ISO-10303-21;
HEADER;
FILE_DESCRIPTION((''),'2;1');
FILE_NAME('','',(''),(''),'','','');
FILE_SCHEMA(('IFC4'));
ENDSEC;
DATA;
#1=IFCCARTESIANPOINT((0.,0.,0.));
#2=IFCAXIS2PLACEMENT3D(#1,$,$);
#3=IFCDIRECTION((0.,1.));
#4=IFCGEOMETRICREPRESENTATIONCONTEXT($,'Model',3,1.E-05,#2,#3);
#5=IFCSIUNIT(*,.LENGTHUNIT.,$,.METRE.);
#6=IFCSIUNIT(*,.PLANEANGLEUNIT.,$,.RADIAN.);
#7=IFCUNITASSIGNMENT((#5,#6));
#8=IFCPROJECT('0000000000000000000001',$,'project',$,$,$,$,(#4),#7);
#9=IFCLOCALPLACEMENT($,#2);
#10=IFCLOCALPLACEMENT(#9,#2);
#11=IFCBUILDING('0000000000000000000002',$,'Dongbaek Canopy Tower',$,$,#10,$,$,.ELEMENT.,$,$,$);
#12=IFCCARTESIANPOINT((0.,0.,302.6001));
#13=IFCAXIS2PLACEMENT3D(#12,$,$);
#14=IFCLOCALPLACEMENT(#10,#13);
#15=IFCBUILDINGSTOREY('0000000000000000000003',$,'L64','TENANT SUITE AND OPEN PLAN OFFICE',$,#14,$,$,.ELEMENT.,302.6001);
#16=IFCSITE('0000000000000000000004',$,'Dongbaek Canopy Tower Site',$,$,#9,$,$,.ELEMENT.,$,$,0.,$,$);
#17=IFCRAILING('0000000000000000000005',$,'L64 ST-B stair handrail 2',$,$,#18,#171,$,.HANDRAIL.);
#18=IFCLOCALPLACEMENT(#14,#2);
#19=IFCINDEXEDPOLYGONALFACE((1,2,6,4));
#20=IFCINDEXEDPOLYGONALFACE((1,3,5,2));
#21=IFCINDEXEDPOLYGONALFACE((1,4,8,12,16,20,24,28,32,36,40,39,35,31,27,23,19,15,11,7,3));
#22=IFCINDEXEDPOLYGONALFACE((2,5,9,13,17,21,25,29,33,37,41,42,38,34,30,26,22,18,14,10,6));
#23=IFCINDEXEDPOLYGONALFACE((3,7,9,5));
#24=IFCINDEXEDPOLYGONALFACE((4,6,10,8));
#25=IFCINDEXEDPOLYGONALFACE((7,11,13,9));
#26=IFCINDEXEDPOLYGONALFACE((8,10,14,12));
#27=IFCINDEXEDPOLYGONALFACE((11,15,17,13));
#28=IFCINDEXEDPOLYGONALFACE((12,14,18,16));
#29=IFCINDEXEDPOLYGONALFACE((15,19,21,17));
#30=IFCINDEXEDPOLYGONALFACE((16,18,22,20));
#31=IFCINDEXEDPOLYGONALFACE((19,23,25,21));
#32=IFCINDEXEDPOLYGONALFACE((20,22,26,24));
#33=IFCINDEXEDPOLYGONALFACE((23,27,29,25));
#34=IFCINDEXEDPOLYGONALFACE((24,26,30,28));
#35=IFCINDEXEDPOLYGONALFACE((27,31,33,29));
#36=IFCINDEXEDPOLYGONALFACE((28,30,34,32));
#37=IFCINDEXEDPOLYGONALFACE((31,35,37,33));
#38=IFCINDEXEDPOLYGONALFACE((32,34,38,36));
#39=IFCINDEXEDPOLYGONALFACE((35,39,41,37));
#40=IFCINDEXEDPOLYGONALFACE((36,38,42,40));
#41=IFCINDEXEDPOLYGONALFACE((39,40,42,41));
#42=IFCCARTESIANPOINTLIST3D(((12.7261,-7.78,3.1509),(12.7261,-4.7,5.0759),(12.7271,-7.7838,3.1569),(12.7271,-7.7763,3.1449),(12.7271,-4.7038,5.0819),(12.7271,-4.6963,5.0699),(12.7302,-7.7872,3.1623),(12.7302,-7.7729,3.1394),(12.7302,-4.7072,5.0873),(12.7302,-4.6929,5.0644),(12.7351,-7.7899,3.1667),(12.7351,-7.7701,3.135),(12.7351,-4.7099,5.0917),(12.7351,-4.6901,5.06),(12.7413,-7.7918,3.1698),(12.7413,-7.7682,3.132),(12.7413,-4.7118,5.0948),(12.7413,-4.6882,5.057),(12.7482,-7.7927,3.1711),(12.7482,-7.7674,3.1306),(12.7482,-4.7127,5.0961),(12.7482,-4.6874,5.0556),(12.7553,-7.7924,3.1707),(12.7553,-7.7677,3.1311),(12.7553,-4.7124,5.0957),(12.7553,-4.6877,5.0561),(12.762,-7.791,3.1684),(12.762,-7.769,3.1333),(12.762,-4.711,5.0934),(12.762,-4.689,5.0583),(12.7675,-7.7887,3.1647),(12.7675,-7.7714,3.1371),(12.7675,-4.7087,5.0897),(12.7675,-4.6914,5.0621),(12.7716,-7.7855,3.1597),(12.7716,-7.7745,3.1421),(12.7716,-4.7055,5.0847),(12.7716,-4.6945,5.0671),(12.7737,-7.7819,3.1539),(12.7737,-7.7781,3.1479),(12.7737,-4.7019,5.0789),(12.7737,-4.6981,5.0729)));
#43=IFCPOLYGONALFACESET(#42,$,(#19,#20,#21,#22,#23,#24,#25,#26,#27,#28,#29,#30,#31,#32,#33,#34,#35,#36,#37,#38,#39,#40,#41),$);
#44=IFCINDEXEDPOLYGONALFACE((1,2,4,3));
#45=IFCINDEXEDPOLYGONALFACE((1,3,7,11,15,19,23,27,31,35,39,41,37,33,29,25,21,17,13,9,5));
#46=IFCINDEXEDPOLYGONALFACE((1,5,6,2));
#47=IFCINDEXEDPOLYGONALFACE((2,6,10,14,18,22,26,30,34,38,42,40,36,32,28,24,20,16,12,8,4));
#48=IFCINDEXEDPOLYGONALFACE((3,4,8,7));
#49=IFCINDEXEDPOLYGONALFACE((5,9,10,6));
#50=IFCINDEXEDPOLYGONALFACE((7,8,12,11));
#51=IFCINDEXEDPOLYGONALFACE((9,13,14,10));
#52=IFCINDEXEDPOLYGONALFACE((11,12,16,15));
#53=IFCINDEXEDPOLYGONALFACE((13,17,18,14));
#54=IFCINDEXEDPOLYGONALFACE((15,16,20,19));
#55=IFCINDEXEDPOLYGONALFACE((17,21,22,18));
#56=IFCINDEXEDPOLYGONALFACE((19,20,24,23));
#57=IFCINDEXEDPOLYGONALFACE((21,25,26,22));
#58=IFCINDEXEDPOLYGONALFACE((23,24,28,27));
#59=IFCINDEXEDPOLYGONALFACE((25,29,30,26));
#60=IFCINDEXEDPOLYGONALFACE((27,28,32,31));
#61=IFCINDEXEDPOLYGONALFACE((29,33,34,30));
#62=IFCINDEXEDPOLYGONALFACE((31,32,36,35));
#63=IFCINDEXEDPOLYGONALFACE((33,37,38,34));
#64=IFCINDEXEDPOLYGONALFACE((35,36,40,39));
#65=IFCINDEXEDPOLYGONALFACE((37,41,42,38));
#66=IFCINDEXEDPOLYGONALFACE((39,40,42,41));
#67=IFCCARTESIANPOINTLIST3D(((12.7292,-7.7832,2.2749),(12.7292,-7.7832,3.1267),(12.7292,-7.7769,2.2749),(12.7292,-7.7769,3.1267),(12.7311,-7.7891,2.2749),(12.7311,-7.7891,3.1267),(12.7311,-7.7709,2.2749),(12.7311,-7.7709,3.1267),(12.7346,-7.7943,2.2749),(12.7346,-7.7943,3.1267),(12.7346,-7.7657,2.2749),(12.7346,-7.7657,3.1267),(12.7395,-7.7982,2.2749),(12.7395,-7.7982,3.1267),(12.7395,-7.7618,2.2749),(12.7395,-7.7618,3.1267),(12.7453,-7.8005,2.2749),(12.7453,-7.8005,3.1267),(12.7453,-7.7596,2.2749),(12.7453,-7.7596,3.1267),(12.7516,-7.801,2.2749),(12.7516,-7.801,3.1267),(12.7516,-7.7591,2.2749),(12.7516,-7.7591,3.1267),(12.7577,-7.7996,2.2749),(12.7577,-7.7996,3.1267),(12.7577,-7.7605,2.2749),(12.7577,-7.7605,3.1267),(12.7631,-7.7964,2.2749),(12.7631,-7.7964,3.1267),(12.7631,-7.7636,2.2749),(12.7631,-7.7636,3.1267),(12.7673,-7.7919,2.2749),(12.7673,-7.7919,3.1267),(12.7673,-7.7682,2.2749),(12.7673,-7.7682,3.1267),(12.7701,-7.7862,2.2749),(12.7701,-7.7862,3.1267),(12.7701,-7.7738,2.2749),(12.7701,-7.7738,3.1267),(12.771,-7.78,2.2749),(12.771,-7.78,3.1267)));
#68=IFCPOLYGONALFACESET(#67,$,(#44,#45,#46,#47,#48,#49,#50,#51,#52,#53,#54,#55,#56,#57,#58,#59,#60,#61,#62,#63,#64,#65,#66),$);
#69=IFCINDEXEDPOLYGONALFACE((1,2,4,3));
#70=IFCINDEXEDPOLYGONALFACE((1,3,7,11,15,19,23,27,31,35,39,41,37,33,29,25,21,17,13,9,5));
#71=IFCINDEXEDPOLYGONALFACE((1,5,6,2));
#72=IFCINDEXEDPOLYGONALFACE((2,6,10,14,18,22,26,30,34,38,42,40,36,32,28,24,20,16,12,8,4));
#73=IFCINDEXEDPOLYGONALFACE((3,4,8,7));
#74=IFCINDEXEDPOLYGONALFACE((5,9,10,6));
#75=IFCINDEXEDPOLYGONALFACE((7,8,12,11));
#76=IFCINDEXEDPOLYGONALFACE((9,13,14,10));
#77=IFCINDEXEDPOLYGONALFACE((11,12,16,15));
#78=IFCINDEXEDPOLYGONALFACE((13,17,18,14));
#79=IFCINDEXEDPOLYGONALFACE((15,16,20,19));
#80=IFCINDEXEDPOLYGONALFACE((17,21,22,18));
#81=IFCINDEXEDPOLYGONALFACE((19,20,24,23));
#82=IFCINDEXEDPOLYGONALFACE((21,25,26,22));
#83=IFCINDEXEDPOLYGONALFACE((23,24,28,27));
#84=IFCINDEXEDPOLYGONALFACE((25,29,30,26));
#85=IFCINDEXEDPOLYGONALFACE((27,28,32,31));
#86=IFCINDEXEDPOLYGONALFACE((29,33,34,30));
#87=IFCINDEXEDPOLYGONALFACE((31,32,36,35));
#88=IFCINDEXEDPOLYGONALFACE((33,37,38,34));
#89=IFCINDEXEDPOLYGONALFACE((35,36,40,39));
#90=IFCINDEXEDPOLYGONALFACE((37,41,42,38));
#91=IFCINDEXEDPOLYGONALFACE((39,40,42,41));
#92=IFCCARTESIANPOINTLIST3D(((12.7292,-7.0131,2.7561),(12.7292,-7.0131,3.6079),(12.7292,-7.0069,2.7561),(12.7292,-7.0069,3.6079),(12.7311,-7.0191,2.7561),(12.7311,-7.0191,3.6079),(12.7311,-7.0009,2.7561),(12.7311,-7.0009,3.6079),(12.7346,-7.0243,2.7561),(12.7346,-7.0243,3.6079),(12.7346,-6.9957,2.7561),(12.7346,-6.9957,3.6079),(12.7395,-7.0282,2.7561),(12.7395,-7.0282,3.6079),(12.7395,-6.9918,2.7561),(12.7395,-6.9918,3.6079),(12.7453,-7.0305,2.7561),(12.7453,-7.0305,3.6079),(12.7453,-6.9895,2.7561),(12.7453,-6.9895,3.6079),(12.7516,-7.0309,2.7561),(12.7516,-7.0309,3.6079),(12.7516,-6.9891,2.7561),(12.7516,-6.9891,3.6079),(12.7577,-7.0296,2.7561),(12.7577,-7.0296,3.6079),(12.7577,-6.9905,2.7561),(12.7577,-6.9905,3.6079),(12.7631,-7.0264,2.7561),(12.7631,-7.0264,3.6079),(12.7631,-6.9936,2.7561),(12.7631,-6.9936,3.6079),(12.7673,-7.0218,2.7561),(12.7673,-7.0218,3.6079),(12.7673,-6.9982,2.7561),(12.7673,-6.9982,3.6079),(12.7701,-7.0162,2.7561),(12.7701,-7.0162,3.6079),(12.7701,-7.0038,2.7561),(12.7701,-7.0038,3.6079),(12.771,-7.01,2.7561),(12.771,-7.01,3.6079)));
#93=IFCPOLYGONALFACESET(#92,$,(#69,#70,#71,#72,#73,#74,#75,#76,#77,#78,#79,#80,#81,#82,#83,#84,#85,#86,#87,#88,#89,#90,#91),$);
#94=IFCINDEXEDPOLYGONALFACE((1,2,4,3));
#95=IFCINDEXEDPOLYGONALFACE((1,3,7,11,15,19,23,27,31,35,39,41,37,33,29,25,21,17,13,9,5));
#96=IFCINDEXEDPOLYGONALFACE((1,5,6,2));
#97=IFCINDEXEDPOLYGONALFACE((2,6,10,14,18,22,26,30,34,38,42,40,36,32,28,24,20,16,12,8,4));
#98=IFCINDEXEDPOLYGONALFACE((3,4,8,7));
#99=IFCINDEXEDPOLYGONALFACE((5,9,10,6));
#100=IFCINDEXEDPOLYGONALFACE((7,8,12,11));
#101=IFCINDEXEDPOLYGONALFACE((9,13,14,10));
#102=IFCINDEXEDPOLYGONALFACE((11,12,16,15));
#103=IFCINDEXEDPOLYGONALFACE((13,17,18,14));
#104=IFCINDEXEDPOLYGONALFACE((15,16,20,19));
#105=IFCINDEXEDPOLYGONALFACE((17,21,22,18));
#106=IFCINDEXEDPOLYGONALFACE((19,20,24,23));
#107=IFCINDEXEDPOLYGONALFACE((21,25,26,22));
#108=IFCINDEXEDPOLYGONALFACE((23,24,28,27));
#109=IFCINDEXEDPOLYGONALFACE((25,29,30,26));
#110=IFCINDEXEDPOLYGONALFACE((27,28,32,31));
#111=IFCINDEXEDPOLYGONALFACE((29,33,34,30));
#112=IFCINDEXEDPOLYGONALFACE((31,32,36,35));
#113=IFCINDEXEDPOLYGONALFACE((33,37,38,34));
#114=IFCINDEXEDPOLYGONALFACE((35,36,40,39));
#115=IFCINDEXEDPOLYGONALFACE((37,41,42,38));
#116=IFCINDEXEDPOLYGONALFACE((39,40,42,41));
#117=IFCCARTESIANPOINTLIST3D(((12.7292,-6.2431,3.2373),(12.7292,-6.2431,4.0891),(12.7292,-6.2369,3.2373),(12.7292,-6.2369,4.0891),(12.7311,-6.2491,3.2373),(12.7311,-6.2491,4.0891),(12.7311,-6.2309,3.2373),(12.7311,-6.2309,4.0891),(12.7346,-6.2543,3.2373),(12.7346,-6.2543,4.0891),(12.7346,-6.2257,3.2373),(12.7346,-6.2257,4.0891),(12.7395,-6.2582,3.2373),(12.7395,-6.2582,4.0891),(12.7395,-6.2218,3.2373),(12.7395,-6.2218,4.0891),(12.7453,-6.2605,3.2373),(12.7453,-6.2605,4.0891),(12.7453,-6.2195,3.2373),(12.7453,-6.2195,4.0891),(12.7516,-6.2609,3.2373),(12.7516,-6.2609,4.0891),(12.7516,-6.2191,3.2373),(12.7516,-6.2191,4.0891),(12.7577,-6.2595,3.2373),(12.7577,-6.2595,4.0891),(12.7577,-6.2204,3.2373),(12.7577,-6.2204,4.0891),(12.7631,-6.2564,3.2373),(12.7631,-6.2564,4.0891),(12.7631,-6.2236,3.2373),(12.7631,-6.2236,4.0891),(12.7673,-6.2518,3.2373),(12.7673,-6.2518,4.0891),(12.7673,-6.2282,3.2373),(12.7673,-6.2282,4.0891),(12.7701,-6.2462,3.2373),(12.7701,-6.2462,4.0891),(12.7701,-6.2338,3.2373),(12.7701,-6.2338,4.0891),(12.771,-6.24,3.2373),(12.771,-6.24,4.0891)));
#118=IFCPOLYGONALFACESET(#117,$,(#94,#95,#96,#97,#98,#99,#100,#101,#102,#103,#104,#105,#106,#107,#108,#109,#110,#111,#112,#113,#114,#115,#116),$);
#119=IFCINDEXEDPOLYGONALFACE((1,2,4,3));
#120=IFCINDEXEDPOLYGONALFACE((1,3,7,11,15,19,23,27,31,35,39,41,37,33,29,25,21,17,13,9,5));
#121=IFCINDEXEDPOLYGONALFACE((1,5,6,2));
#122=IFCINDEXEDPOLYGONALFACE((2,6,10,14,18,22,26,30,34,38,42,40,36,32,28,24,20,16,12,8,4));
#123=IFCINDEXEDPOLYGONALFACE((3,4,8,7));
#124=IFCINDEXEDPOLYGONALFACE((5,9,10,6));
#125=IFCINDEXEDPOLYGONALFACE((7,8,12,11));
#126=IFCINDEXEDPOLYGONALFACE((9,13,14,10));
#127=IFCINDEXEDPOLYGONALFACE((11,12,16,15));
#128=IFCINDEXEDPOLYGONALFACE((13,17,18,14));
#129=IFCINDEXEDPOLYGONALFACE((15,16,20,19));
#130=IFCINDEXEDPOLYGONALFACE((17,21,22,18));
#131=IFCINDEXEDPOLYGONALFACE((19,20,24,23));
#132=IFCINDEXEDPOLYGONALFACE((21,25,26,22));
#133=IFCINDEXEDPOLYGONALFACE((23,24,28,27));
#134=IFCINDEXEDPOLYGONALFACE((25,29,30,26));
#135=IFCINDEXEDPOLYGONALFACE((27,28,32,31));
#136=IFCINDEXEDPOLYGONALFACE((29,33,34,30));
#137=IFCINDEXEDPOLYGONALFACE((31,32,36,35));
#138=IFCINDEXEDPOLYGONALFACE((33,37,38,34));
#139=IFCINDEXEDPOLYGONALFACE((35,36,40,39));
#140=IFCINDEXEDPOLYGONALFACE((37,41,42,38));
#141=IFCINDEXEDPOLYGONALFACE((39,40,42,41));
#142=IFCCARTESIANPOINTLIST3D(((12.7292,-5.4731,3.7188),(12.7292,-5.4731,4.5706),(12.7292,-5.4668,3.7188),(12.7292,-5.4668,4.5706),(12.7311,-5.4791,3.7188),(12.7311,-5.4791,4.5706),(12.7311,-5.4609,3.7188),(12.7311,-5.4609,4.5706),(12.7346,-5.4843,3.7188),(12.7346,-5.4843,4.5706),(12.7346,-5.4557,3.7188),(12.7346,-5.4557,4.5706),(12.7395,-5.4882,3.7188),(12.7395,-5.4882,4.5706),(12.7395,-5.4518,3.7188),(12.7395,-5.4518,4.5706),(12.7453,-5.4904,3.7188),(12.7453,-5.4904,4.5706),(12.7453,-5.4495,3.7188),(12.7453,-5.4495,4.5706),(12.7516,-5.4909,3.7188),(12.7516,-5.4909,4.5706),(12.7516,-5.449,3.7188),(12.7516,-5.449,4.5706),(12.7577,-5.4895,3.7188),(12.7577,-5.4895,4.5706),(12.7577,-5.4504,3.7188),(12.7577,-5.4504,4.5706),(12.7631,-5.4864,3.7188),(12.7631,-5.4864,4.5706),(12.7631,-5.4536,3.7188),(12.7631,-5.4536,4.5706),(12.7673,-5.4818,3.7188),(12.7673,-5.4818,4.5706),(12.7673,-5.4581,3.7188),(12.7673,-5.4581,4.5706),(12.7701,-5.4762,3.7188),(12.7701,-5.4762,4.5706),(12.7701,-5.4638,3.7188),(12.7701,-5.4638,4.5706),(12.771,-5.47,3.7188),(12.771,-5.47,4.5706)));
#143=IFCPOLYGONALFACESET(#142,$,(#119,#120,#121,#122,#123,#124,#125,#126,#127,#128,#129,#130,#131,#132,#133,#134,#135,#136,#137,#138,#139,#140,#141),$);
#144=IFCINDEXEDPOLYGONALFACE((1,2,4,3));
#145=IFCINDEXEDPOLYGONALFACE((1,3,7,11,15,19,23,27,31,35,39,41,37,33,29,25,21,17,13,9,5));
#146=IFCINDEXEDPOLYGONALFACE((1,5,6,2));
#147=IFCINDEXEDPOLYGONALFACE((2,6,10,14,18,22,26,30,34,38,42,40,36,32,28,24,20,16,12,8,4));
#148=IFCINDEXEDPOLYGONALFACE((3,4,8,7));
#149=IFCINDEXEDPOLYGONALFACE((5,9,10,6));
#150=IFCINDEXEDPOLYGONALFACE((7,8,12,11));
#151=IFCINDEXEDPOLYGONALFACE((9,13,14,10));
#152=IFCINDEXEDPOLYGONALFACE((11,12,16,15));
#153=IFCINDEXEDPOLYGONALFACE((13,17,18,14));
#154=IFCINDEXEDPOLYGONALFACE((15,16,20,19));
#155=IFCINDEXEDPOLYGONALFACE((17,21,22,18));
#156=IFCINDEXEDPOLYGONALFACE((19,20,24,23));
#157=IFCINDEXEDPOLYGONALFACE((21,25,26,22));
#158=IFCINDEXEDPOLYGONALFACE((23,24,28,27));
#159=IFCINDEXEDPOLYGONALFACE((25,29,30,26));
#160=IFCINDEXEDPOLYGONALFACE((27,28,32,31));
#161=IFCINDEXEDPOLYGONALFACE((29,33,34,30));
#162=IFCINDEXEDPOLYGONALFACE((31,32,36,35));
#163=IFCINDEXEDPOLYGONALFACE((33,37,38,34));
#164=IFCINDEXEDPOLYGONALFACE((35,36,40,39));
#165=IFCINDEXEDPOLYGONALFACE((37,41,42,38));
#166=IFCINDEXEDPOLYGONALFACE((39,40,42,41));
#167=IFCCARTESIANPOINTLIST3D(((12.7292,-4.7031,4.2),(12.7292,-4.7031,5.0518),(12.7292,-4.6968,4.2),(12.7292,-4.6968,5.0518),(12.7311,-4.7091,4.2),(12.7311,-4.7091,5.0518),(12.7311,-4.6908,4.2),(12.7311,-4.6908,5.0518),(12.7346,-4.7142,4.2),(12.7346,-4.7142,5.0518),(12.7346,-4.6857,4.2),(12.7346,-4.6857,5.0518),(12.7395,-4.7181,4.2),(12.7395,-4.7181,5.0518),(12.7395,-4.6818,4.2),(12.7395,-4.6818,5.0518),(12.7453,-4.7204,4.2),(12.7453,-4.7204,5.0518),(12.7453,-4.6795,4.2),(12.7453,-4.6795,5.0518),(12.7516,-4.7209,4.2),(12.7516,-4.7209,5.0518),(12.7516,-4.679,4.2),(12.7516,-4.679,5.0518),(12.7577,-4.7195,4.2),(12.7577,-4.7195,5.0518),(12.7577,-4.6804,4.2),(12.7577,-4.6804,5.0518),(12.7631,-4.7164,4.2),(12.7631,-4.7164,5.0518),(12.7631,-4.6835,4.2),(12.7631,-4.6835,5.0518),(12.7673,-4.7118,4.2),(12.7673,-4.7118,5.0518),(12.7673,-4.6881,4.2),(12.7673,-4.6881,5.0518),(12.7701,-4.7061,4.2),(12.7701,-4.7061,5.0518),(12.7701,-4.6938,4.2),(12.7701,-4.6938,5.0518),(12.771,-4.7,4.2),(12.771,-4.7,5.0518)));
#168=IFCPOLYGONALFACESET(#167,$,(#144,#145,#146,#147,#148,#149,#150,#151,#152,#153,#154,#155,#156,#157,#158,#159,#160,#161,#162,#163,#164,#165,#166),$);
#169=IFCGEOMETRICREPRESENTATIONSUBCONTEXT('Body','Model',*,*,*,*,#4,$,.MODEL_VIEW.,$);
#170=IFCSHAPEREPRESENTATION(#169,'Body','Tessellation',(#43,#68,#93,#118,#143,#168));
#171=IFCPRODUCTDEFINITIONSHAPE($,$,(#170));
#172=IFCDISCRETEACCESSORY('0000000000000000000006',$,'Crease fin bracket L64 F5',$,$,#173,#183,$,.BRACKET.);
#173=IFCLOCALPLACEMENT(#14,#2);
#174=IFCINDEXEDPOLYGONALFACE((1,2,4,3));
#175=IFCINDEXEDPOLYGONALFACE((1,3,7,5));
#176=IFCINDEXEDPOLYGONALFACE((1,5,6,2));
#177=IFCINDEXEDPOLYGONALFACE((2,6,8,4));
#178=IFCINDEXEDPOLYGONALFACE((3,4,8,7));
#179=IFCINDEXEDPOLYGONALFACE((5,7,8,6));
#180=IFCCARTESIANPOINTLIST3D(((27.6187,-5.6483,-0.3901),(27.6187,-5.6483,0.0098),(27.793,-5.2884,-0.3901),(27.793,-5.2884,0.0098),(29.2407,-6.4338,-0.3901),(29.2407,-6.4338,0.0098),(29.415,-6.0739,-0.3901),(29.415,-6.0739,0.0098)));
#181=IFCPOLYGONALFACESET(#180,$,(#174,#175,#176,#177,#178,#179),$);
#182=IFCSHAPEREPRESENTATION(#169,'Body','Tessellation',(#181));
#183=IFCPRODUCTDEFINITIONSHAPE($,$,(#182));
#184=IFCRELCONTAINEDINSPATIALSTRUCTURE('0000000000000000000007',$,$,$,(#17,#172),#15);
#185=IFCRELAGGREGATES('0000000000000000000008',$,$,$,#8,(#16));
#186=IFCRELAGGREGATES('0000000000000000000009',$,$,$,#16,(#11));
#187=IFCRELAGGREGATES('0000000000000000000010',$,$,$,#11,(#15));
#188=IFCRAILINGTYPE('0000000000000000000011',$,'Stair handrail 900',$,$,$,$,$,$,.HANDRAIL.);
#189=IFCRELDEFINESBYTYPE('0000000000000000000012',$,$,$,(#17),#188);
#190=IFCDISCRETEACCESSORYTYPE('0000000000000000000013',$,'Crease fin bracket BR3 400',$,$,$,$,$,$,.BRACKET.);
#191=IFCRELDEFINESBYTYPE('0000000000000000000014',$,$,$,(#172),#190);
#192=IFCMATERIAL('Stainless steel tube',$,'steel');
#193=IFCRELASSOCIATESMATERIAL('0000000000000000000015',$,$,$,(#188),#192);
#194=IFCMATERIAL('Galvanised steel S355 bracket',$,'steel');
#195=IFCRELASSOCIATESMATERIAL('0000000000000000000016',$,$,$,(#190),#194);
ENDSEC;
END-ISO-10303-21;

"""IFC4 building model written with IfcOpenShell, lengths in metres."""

from ifc_helpers import new_model, si_unit, direction, frame, origin, origin_2d, place, context, subcontext, project, spatial, rectangle, circle, extrude, material, type_object, element, save


model = new_model("IFC4")

# Units and contexts
model_context = context("Model", 3, precision=1e-05, world=origin(), true_north=direction((0.0, 1.0)))
body_context = subcontext(model_context, "Body", "Model", "MODEL_VIEW")
ifc_project = project(units=[si_unit("LENGTHUNIT", "METRE"), si_unit("PLANEANGLEUNIT", "RADIAN")], contexts=[model_context])

# Site, building, storey
site_placement = place(None, origin())
site = spatial("IfcSite", under=ifc_project, at=site_placement, Name="Dongbaek Canopy Tower Site", CompositionType="ELEMENT", RefElevation=0.0)
building_placement = place(site_placement, origin())
building = spatial("IfcBuilding", under=site, at=building_placement, Name="Dongbaek Canopy Tower", CompositionType="ELEMENT")
storey_placement = place(building_placement, frame((0.0, 0.0, 302.6001)))
storey = spatial("IfcBuildingStorey", under=building, at=storey_placement, Name="L64", Description="TENANT SUITE AND OPEN PLAN OFFICE", CompositionType="ELEMENT", Elevation=302.6001)

# Railing
ifc_material_1 = material(Name="Stainless steel tube", Category="steel")
railing_type = type_object("IfcRailingType", Name="Stair handrail 900", PredefinedType="HANDRAIL", material=ifc_material_1)
railing_placement = place(storey_placement, frame((12.75, -7.78, 2.2749)))
element("IfcRailing", 1, at=railing_placement, inside=storey, type_object=railing_type, Name="L64 ST-B stair handrail 2", PredefinedType="HANDRAIL", context=body_context, shape_type="SweptSolid", body=[
    extrude(circle(Radius=0.0239, at=origin_2d()), frame((0.0, 0.0, 0.876), z_axis=(0.0, 0.847998, 0.529999), x_axis=(-1.0, 0.0, 0.0)), (0.0, 0.0, 1.0), 3.6321),
    extrude(circle(Radius=0.021, at=origin_2d()), origin(), (0.0, 0.0, 1.0), 0.8518),
    extrude(circle(Radius=0.021, at=origin_2d()), frame((0.0, 0.77, 0.4812)), (0.0, 0.0, 1.0), 0.8518),
    extrude(circle(Radius=0.021, at=origin_2d()), frame((0.0, 1.54, 0.9624)), (0.0, 0.0, 1.0), 0.8518),
    extrude(circle(Radius=0.021, at=origin_2d()), frame((0.0, 2.3101, 1.4438)), (0.0, 0.0, 1.0), 0.8518),
    extrude(circle(Radius=0.021, at=origin_2d()), frame((0.0, 3.0801, 1.925)), (0.0, 0.0, 1.0), 0.8518),
])

# Discrete accessory
ifc_material_2 = material(Name="Galvanised steel S355 bracket", Category="steel")
discrete_accessory_type = type_object("IfcDiscreteAccessoryType", Name="Crease fin bracket BR3 400", PredefinedType="BRACKET", material=ifc_material_2)
discrete_accessory_placement = place(storey_placement, frame((28.5168, -5.8611, -0.3901), z_axis=(0.0, 0.0, 1.0), x_axis=(0.900013, -0.435863, 0.0)))
element("IfcDiscreteAccessory", 2, at=discrete_accessory_placement, inside=storey, type_object=discrete_accessory_type, Name="Crease fin bracket L64 F5", PredefinedType="BRACKET", context=body_context, shape_type="SweptSolid", body=[
    extrude(rectangle(XDim=1.8022, YDim=0.3999, at=origin_2d()), origin(), (0.0, 0.0, 1.0), 0.3999),
])

save(model, "model.ifc")
